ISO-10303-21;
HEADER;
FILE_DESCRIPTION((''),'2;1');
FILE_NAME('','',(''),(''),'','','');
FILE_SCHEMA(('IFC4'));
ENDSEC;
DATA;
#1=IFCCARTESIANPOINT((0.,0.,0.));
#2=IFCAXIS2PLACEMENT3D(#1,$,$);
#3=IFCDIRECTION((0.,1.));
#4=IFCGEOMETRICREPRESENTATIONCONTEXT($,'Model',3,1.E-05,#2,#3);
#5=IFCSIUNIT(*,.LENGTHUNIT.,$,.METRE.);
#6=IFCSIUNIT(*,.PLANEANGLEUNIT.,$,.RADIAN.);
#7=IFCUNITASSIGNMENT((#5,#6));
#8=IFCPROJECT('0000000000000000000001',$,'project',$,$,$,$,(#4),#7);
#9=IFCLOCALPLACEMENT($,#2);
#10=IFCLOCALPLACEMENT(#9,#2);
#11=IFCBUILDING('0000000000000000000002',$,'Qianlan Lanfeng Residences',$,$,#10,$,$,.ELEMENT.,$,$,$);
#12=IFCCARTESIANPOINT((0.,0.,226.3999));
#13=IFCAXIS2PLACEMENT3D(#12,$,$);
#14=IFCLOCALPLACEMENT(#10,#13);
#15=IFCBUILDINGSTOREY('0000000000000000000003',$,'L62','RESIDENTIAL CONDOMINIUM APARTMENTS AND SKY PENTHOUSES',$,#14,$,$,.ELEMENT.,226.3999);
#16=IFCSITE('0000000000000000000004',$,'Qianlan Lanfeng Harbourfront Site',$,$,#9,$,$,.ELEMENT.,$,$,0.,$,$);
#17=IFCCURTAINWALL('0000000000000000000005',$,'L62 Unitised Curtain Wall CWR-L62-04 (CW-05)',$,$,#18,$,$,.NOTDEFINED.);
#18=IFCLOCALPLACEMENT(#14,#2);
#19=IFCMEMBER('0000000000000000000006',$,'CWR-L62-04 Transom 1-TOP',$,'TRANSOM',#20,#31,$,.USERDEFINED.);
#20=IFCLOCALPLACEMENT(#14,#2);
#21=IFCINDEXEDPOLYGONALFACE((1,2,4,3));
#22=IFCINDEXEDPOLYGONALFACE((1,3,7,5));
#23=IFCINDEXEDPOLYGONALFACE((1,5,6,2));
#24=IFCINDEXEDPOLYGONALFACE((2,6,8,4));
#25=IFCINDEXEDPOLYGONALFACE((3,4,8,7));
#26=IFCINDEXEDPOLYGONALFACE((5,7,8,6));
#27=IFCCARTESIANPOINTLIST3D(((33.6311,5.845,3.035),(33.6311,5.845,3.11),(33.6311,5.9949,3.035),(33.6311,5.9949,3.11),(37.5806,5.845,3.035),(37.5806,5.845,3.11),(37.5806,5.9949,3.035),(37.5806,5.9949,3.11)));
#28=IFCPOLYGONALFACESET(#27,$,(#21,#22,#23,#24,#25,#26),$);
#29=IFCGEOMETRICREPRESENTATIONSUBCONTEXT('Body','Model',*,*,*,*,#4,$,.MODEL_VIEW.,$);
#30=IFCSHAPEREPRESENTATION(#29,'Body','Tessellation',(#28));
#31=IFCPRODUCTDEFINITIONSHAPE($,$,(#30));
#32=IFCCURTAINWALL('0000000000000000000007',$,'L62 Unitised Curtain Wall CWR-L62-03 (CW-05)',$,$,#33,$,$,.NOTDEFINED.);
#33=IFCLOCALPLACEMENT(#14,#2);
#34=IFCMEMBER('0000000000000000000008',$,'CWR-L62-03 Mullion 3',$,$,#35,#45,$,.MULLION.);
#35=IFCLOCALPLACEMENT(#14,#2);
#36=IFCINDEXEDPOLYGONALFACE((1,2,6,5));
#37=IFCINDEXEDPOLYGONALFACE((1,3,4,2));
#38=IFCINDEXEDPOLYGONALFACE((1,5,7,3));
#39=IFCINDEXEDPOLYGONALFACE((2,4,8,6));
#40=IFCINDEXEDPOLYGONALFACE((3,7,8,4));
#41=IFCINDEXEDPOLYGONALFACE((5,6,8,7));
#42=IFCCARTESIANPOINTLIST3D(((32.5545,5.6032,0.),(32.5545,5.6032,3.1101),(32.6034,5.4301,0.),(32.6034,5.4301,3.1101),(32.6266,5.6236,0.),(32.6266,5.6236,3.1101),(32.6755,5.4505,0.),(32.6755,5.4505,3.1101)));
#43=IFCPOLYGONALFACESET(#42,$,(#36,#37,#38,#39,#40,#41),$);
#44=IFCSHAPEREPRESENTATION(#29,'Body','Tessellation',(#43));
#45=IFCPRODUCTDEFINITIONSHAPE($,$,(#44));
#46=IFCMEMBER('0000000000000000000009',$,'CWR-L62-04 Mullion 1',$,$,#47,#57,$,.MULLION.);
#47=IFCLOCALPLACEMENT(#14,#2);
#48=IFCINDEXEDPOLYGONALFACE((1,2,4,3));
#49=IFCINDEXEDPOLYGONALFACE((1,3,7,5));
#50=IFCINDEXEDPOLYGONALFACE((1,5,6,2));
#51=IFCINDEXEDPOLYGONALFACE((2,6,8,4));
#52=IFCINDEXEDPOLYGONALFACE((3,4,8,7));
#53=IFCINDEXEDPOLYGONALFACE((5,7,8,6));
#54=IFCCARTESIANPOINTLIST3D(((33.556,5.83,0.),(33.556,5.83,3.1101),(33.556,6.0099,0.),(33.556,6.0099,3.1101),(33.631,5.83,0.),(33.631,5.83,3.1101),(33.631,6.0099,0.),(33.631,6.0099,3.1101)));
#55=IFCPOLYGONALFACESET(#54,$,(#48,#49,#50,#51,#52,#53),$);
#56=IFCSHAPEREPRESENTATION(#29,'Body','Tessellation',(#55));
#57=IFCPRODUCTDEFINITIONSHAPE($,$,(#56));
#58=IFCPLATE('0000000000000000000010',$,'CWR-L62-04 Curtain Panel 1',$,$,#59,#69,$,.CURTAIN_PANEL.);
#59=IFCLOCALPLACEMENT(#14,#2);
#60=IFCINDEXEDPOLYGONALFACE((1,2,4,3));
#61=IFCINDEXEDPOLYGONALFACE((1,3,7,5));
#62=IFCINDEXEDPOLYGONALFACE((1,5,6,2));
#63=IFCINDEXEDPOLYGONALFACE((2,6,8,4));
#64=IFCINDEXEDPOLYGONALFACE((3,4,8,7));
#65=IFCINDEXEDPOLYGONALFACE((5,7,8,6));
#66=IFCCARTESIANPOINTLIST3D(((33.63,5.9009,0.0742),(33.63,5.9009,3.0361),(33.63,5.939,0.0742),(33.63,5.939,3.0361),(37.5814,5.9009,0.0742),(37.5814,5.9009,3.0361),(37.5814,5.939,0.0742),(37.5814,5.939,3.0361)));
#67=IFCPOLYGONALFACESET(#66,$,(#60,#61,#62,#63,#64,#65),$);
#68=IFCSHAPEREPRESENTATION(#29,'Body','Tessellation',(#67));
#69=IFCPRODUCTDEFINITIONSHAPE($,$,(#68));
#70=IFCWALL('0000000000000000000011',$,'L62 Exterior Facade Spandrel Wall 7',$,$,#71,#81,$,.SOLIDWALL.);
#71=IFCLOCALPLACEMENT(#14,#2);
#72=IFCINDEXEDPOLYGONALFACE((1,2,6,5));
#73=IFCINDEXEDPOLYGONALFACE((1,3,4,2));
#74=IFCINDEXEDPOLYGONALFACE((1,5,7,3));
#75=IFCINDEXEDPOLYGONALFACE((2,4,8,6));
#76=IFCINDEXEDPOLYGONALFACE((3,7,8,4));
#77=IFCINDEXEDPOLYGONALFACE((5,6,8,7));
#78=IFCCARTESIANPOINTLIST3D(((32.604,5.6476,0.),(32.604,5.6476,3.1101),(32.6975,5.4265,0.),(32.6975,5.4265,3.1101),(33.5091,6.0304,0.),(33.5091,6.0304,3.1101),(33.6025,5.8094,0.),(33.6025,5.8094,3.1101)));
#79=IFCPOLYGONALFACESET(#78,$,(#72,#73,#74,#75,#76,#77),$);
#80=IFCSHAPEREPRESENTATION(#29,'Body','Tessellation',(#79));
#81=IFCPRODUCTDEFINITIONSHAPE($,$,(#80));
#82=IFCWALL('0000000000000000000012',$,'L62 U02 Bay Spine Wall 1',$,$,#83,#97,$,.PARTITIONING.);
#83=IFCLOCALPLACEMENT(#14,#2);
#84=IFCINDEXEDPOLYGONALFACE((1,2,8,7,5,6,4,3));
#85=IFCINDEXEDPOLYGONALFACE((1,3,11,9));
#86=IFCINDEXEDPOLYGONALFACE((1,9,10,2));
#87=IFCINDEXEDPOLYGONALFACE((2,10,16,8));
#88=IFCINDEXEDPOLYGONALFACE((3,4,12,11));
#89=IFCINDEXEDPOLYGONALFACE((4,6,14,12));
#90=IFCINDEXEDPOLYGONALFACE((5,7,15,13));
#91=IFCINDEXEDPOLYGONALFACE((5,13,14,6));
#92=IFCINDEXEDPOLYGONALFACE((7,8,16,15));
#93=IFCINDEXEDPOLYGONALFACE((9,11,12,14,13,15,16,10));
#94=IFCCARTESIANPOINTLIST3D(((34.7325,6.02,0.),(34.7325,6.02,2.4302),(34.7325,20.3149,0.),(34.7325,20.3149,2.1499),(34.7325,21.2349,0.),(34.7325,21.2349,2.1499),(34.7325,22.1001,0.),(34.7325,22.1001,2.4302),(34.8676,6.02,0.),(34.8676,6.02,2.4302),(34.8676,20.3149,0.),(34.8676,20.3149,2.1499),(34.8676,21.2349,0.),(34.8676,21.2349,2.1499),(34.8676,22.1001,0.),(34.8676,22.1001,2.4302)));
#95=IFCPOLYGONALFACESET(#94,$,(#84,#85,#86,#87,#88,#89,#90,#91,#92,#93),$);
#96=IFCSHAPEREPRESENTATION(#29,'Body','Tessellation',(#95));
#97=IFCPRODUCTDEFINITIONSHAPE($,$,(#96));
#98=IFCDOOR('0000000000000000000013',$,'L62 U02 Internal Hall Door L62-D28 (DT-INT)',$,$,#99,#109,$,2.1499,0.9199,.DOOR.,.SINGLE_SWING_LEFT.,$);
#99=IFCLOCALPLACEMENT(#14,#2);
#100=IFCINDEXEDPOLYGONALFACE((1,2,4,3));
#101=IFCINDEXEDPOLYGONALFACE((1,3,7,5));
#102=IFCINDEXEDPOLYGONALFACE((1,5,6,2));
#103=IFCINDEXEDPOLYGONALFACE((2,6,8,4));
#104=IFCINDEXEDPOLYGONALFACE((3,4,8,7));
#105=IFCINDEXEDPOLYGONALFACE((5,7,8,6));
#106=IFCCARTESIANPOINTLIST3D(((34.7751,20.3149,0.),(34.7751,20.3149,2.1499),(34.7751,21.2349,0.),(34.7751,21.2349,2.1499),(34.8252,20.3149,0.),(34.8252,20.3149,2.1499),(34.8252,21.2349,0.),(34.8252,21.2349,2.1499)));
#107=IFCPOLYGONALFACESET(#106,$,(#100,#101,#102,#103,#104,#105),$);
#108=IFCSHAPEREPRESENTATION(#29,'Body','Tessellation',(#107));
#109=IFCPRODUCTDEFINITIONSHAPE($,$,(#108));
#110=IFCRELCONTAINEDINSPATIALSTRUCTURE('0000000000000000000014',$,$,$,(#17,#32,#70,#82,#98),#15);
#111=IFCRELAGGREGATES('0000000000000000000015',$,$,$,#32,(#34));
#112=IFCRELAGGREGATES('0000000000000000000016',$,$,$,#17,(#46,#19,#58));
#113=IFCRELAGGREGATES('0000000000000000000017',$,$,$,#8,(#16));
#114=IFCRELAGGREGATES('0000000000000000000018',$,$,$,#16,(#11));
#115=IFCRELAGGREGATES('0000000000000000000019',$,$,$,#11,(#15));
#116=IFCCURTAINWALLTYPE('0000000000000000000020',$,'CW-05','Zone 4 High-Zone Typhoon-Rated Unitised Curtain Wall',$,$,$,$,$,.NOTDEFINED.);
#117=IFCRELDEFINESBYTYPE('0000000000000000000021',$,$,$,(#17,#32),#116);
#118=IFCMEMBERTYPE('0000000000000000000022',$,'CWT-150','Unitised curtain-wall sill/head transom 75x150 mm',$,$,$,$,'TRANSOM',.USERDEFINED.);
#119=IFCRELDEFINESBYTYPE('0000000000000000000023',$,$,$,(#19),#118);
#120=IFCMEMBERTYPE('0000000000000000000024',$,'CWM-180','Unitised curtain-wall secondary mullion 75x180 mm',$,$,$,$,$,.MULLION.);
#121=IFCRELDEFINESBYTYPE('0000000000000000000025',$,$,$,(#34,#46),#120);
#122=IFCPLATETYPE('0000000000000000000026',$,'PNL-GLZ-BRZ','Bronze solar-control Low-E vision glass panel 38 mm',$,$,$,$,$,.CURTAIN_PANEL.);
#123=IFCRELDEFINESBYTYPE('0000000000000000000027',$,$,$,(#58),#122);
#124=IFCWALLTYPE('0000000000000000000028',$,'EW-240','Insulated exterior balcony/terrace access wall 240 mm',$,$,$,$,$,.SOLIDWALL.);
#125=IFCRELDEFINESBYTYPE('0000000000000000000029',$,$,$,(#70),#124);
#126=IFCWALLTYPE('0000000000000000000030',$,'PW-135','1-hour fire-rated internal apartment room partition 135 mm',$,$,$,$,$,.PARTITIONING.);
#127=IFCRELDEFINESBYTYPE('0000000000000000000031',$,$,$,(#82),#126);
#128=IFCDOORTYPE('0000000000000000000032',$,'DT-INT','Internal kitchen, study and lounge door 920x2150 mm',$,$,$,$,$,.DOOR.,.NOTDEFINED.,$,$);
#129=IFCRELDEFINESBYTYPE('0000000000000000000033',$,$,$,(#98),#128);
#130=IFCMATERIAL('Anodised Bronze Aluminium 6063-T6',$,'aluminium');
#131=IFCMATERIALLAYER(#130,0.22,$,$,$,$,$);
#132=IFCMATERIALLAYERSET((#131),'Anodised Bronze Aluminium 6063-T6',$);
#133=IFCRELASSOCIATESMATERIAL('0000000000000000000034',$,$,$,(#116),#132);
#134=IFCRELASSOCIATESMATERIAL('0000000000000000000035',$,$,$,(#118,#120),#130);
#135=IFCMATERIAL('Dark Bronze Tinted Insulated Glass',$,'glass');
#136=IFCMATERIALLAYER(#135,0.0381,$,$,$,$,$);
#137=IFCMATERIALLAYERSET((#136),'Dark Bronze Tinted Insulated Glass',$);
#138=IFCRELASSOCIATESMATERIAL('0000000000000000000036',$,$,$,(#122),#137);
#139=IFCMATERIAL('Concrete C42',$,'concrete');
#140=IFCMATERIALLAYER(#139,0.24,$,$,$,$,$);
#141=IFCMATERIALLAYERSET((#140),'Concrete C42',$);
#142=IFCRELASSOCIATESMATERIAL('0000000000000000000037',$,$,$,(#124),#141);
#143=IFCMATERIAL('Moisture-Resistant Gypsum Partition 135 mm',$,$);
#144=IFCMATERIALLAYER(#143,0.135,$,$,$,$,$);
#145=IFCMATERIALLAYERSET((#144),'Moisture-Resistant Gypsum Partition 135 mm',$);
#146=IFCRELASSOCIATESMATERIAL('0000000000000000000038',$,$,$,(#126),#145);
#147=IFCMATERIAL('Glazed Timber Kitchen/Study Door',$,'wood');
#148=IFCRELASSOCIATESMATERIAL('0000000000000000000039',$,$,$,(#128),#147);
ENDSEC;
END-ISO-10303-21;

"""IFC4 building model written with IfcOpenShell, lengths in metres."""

from ifc_helpers import new_model, si_unit, direction, frame, frame_2d, origin, origin_2d, place, context, subcontext, project, spatial, rectangle, extrude, source, transform, mapped, material, layer, layer_set, material_profile, profile_set, type_object, element, fill, aggregate, save


model = new_model("IFC4")

# Units and contexts
model_context = context("Model", 3, precision=1e-05, world=origin(), true_north=direction((0.0, 1.0)))
body_context = subcontext(model_context, "Body", "Model", "MODEL_VIEW")
ifc_project = project(units=[si_unit("LENGTHUNIT", "METRE"), si_unit("PLANEANGLEUNIT", "RADIAN")], contexts=[model_context])

# Site, building, storey
site_placement = place(None, origin())
site = spatial("IfcSite", under=ifc_project, at=site_placement, Name="Qianlan Lanfeng Harbourfront Site", CompositionType="ELEMENT", RefElevation=0.0)
building_placement = place(site_placement, origin())
building = spatial("IfcBuilding", under=site, at=building_placement, Name="Qianlan Lanfeng Residences", CompositionType="ELEMENT")
storey_placement = place(building_placement, frame((0.0, 0.0, 226.3999)))
storey = spatial("IfcBuildingStorey", under=building, at=storey_placement, Name="L62", Description="RESIDENTIAL CONDOMINIUM APARTMENTS AND SKY PENTHOUSES", CompositionType="ELEMENT", Elevation=226.3999)

# Curtain wall, member
ifc_material_1 = material(Name="Anodised Bronze Aluminium 6063-T6", Category="aluminium")
ifc_layer_1 = layer(ifc_material_1, 0.22)
ifc_layer_set_1 = layer_set([ifc_layer_1], Name="Anodised Bronze Aluminium 6063-T6")
curtain_wall_type = type_object("IfcCurtainWallType", Name="CW-05", Description="Zone 4 High-Zone Typhoon-Rated Unitised Curtain Wall", PredefinedType="NOTDEFINED", material=ifc_layer_set_1)
curtain_wall_1_placement = place(storey_placement, origin())
curtain_wall_1 = element("IfcCurtainWall", 1, at=curtain_wall_1_placement, inside=storey, type_object=curtain_wall_type, Name="L62 Unitised Curtain Wall CWR-L62-04 (CW-05)", PredefinedType="NOTDEFINED")
ifc_material_profile_1 = material_profile(ifc_material_1, rectangle(XDim=0.075, YDim=0.1499, at=origin_2d()), Name="ALU TRANSOM 75x150")
ifc_profile_set_1 = profile_set([ifc_material_profile_1], Name="Anodised Bronze Aluminium 6063-T6")
member_type_1 = type_object("IfcMemberType", Name="CWT-150", Description="Unitised curtain-wall sill/head transom 75x150 mm", ElementType="TRANSOM", PredefinedType="USERDEFINED", material=ifc_profile_set_1)
shared_shape_1 = source(origin(), body_context, "Body", "SweptSolid", [
    extrude(rectangle(XDim=0.075, YDim=0.1499, at=origin_2d()), origin(), (0.0, 0.0, 1.0), 3.9495),
])
member_1_placement = place(storey_placement, frame((33.6311, 5.9199, 3.0725), z_axis=(1.0, 0.0, 0.0), x_axis=(0.0, 0.0, 1.0)))
member_1 = element("IfcMember", 2, at=member_1_placement, type_object=member_type_1, Name="CWR-L62-04 Transom 1-TOP", ObjectType="TRANSOM", PredefinedType="USERDEFINED", context=body_context, shape_type="MappedRepresentation", body=[
    mapped(shared_shape_1, transform((0.0, 0.0, 0.0), scale=1.0)),
])

# Curtain wall, member
curtain_wall_2_placement = place(storey_placement, origin())
curtain_wall_2 = element("IfcCurtainWall", 3, at=curtain_wall_2_placement, inside=storey, type_object=curtain_wall_type, Name="L62 Unitised Curtain Wall CWR-L62-03 (CW-05)", PredefinedType="NOTDEFINED")
ifc_material_profile_2 = material_profile(ifc_material_1, rectangle(XDim=0.075, YDim=0.1799, at=origin_2d()), Name="ALU MULLION 75x180")
ifc_profile_set_2 = profile_set([ifc_material_profile_2], Name="Anodised Bronze Aluminium 6063-T6")
member_type_2 = type_object("IfcMemberType", Name="CWM-180", Description="Unitised curtain-wall secondary mullion 75x180 mm", PredefinedType="MULLION", material=ifc_profile_set_2)
shared_shape_2 = source(origin(), body_context, "Body", "SweptSolid", [
    extrude(rectangle(XDim=0.075, YDim=0.1799, at=origin_2d()), origin(), (0.0, 0.0, 1.0), 3.1101),
])
member_2_placement = place(storey_placement, frame((32.615, 5.5269, 0.0), z_axis=(0.0, 0.0, 1.0), x_axis=(0.962284, 0.272045, 0.0)))
member_2 = element("IfcMember", 4, at=member_2_placement, type_object=member_type_2, Name="CWR-L62-03 Mullion 3", PredefinedType="MULLION", context=body_context, shape_type="MappedRepresentation", body=[
    mapped(shared_shape_2, transform((0.0, 0.0, 0.0), scale=1.0)),
])
aggregate(curtain_wall_2, [member_2])

# Member
member_3_placement = place(storey_placement, frame((33.5935, 5.9199, 0.0), z_axis=(0.0, 0.0, 1.0), x_axis=(1.0, 0.0, 0.0)))
member_3 = element("IfcMember", 5, at=member_3_placement, type_object=member_type_2, Name="CWR-L62-04 Mullion 1", PredefinedType="MULLION", context=body_context, shape_type="MappedRepresentation", body=[
    mapped(shared_shape_2, transform((0.0, 0.0, 0.0), scale=1.0)),
])

# Plate
ifc_material_2 = material(Name="Dark Bronze Tinted Insulated Glass", Category="glass")
ifc_layer_2 = layer(ifc_material_2, 0.0381)
ifc_layer_set_2 = layer_set([ifc_layer_2], Name="Dark Bronze Tinted Insulated Glass")
plate_type = type_object("IfcPlateType", Name="PNL-GLZ-BRZ", Description="Bronze solar-control Low-E vision glass panel 38 mm", PredefinedType="CURTAIN_PANEL", material=ifc_layer_set_2)
shared_shape_3 = source(origin(), body_context, "Body", "SweptSolid", [
    extrude(rectangle(XDim=3.9514, YDim=0.0381, at=origin_2d()), origin(), (0.0, 0.0, 1.0), 2.9619),
])
plate_placement = place(storey_placement, frame((35.6057, 5.9199, 0.0742), z_axis=(0.0, 0.0, 1.0), x_axis=(1.0, 0.0, 0.0)))
plate = element("IfcPlate", 6, at=plate_placement, type_object=plate_type, Name="CWR-L62-04 Curtain Panel 1", PredefinedType="CURTAIN_PANEL", context=body_context, shape_type="MappedRepresentation", body=[
    mapped(shared_shape_3, transform((0.0, 0.0, 0.0), scale=1.0)),
])
aggregate(curtain_wall_1, [member_3, member_1, plate])

# Wall
ifc_material_3 = material(Name="Concrete C42", Category="concrete")
ifc_layer_3 = layer(ifc_material_3, 0.24)
ifc_layer_set_3 = layer_set([ifc_layer_3], Name="Concrete C42")
wall_type_1 = type_object("IfcWallType", Name="EW-240", Description="Insulated exterior balcony/terrace access wall 240 mm", PredefinedType="SOLIDWALL", material=ifc_layer_set_3)
wall_1_placement = place(storey_placement, frame((32.6509, 5.5371, 0.0), z_axis=(0.0, 0.0, 1.0), x_axis=(0.920998, 0.389567, 0.0)))
element("IfcWall", 7, at=wall_1_placement, inside=storey, type_object=wall_type_1, Name="L62 Exterior Facade Spandrel Wall 7", PredefinedType="SOLIDWALL", context=body_context, shape_type="SweptSolid", body=[
    extrude(rectangle(XDim=0.9827, YDim=0.24, at=frame_2d((0.4912, 0.0))), origin(), (0.0, 0.0, 1.0), 3.1101),
])

# Wall, opening, door
ifc_material_4 = material(Name="Moisture-Resistant Gypsum Partition 135 mm")
ifc_layer_4 = layer(ifc_material_4, 0.135)
ifc_layer_set_4 = layer_set([ifc_layer_4], Name="Moisture-Resistant Gypsum Partition 135 mm")
wall_type_2 = type_object("IfcWallType", Name="PW-135", Description="1-hour fire-rated internal apartment room partition 135 mm", PredefinedType="PARTITIONING", material=ifc_layer_set_4)
wall_2_placement = place(storey_placement, frame((34.8, 6.02, 0.0), z_axis=(0.0, 0.0, 1.0), x_axis=(0.0, 1.0, 0.0)))
wall_2 = element("IfcWall", 8, at=wall_2_placement, inside=storey, type_object=wall_type_2, Name="L62 U02 Bay Spine Wall 1", PredefinedType="PARTITIONING", context=body_context, shape_type="SweptSolid", body=[
    extrude(rectangle(XDim=16.0801, YDim=0.135, at=frame_2d((8.04, 0.0))), origin(), (0.0, 0.0, 1.0), 2.4302),
])
opening_1_placement = place(wall_2_placement, frame((14.2949, 0.0, 0.0)))
opening_1 = element("IfcOpeningElement", 9, at=opening_1_placement, cuts=wall_2, PredefinedType="OPENING", context=body_context, shape_type="SweptSolid", body=[
    extrude(rectangle(XDim=0.9199, YDim=2.1499, at=frame_2d((0.46, 1.075))), frame((0.0, 0.0776, 0.0), z_axis=(0.0, -1.0, 0.0), x_axis=(1.0, 0.0, 0.0)), (0.0, 0.0, 1.0), 0.155),
])
ifc_material_5 = material(Name="Glazed Timber Kitchen/Study Door", Category="wood")
door_type_1 = type_object("IfcDoorType", Name="DT-INT", Description="Internal kitchen, study and lounge door 920x2150 mm", OperationType="NOTDEFINED", PredefinedType="DOOR", material=ifc_material_5)
door_1_placement = place(opening_1_placement, origin())
door_1 = element("IfcDoor", 10, at=door_1_placement, inside=storey, type_object=door_type_1, Name="L62 U02 Internal Hall Door L62-D28 (DT-INT)", OperationType="SINGLE_SWING_LEFT", OverallHeight=2.1499, OverallWidth=0.9199, PredefinedType="DOOR", context=body_context, shape_type="SweptSolid", body=[
    extrude(rectangle(XDim=0.9199, YDim=2.1499, at=frame_2d((0.46, 1.075))), frame((0.0, 0.0249, 0.0), z_axis=(0.0, -1.0, 0.0), x_axis=(1.0, 0.0, 0.0)), (0.0, 0.0, 1.0), 0.05),
])
fill(opening_1, door_1)

save(model, "model.ifc")
